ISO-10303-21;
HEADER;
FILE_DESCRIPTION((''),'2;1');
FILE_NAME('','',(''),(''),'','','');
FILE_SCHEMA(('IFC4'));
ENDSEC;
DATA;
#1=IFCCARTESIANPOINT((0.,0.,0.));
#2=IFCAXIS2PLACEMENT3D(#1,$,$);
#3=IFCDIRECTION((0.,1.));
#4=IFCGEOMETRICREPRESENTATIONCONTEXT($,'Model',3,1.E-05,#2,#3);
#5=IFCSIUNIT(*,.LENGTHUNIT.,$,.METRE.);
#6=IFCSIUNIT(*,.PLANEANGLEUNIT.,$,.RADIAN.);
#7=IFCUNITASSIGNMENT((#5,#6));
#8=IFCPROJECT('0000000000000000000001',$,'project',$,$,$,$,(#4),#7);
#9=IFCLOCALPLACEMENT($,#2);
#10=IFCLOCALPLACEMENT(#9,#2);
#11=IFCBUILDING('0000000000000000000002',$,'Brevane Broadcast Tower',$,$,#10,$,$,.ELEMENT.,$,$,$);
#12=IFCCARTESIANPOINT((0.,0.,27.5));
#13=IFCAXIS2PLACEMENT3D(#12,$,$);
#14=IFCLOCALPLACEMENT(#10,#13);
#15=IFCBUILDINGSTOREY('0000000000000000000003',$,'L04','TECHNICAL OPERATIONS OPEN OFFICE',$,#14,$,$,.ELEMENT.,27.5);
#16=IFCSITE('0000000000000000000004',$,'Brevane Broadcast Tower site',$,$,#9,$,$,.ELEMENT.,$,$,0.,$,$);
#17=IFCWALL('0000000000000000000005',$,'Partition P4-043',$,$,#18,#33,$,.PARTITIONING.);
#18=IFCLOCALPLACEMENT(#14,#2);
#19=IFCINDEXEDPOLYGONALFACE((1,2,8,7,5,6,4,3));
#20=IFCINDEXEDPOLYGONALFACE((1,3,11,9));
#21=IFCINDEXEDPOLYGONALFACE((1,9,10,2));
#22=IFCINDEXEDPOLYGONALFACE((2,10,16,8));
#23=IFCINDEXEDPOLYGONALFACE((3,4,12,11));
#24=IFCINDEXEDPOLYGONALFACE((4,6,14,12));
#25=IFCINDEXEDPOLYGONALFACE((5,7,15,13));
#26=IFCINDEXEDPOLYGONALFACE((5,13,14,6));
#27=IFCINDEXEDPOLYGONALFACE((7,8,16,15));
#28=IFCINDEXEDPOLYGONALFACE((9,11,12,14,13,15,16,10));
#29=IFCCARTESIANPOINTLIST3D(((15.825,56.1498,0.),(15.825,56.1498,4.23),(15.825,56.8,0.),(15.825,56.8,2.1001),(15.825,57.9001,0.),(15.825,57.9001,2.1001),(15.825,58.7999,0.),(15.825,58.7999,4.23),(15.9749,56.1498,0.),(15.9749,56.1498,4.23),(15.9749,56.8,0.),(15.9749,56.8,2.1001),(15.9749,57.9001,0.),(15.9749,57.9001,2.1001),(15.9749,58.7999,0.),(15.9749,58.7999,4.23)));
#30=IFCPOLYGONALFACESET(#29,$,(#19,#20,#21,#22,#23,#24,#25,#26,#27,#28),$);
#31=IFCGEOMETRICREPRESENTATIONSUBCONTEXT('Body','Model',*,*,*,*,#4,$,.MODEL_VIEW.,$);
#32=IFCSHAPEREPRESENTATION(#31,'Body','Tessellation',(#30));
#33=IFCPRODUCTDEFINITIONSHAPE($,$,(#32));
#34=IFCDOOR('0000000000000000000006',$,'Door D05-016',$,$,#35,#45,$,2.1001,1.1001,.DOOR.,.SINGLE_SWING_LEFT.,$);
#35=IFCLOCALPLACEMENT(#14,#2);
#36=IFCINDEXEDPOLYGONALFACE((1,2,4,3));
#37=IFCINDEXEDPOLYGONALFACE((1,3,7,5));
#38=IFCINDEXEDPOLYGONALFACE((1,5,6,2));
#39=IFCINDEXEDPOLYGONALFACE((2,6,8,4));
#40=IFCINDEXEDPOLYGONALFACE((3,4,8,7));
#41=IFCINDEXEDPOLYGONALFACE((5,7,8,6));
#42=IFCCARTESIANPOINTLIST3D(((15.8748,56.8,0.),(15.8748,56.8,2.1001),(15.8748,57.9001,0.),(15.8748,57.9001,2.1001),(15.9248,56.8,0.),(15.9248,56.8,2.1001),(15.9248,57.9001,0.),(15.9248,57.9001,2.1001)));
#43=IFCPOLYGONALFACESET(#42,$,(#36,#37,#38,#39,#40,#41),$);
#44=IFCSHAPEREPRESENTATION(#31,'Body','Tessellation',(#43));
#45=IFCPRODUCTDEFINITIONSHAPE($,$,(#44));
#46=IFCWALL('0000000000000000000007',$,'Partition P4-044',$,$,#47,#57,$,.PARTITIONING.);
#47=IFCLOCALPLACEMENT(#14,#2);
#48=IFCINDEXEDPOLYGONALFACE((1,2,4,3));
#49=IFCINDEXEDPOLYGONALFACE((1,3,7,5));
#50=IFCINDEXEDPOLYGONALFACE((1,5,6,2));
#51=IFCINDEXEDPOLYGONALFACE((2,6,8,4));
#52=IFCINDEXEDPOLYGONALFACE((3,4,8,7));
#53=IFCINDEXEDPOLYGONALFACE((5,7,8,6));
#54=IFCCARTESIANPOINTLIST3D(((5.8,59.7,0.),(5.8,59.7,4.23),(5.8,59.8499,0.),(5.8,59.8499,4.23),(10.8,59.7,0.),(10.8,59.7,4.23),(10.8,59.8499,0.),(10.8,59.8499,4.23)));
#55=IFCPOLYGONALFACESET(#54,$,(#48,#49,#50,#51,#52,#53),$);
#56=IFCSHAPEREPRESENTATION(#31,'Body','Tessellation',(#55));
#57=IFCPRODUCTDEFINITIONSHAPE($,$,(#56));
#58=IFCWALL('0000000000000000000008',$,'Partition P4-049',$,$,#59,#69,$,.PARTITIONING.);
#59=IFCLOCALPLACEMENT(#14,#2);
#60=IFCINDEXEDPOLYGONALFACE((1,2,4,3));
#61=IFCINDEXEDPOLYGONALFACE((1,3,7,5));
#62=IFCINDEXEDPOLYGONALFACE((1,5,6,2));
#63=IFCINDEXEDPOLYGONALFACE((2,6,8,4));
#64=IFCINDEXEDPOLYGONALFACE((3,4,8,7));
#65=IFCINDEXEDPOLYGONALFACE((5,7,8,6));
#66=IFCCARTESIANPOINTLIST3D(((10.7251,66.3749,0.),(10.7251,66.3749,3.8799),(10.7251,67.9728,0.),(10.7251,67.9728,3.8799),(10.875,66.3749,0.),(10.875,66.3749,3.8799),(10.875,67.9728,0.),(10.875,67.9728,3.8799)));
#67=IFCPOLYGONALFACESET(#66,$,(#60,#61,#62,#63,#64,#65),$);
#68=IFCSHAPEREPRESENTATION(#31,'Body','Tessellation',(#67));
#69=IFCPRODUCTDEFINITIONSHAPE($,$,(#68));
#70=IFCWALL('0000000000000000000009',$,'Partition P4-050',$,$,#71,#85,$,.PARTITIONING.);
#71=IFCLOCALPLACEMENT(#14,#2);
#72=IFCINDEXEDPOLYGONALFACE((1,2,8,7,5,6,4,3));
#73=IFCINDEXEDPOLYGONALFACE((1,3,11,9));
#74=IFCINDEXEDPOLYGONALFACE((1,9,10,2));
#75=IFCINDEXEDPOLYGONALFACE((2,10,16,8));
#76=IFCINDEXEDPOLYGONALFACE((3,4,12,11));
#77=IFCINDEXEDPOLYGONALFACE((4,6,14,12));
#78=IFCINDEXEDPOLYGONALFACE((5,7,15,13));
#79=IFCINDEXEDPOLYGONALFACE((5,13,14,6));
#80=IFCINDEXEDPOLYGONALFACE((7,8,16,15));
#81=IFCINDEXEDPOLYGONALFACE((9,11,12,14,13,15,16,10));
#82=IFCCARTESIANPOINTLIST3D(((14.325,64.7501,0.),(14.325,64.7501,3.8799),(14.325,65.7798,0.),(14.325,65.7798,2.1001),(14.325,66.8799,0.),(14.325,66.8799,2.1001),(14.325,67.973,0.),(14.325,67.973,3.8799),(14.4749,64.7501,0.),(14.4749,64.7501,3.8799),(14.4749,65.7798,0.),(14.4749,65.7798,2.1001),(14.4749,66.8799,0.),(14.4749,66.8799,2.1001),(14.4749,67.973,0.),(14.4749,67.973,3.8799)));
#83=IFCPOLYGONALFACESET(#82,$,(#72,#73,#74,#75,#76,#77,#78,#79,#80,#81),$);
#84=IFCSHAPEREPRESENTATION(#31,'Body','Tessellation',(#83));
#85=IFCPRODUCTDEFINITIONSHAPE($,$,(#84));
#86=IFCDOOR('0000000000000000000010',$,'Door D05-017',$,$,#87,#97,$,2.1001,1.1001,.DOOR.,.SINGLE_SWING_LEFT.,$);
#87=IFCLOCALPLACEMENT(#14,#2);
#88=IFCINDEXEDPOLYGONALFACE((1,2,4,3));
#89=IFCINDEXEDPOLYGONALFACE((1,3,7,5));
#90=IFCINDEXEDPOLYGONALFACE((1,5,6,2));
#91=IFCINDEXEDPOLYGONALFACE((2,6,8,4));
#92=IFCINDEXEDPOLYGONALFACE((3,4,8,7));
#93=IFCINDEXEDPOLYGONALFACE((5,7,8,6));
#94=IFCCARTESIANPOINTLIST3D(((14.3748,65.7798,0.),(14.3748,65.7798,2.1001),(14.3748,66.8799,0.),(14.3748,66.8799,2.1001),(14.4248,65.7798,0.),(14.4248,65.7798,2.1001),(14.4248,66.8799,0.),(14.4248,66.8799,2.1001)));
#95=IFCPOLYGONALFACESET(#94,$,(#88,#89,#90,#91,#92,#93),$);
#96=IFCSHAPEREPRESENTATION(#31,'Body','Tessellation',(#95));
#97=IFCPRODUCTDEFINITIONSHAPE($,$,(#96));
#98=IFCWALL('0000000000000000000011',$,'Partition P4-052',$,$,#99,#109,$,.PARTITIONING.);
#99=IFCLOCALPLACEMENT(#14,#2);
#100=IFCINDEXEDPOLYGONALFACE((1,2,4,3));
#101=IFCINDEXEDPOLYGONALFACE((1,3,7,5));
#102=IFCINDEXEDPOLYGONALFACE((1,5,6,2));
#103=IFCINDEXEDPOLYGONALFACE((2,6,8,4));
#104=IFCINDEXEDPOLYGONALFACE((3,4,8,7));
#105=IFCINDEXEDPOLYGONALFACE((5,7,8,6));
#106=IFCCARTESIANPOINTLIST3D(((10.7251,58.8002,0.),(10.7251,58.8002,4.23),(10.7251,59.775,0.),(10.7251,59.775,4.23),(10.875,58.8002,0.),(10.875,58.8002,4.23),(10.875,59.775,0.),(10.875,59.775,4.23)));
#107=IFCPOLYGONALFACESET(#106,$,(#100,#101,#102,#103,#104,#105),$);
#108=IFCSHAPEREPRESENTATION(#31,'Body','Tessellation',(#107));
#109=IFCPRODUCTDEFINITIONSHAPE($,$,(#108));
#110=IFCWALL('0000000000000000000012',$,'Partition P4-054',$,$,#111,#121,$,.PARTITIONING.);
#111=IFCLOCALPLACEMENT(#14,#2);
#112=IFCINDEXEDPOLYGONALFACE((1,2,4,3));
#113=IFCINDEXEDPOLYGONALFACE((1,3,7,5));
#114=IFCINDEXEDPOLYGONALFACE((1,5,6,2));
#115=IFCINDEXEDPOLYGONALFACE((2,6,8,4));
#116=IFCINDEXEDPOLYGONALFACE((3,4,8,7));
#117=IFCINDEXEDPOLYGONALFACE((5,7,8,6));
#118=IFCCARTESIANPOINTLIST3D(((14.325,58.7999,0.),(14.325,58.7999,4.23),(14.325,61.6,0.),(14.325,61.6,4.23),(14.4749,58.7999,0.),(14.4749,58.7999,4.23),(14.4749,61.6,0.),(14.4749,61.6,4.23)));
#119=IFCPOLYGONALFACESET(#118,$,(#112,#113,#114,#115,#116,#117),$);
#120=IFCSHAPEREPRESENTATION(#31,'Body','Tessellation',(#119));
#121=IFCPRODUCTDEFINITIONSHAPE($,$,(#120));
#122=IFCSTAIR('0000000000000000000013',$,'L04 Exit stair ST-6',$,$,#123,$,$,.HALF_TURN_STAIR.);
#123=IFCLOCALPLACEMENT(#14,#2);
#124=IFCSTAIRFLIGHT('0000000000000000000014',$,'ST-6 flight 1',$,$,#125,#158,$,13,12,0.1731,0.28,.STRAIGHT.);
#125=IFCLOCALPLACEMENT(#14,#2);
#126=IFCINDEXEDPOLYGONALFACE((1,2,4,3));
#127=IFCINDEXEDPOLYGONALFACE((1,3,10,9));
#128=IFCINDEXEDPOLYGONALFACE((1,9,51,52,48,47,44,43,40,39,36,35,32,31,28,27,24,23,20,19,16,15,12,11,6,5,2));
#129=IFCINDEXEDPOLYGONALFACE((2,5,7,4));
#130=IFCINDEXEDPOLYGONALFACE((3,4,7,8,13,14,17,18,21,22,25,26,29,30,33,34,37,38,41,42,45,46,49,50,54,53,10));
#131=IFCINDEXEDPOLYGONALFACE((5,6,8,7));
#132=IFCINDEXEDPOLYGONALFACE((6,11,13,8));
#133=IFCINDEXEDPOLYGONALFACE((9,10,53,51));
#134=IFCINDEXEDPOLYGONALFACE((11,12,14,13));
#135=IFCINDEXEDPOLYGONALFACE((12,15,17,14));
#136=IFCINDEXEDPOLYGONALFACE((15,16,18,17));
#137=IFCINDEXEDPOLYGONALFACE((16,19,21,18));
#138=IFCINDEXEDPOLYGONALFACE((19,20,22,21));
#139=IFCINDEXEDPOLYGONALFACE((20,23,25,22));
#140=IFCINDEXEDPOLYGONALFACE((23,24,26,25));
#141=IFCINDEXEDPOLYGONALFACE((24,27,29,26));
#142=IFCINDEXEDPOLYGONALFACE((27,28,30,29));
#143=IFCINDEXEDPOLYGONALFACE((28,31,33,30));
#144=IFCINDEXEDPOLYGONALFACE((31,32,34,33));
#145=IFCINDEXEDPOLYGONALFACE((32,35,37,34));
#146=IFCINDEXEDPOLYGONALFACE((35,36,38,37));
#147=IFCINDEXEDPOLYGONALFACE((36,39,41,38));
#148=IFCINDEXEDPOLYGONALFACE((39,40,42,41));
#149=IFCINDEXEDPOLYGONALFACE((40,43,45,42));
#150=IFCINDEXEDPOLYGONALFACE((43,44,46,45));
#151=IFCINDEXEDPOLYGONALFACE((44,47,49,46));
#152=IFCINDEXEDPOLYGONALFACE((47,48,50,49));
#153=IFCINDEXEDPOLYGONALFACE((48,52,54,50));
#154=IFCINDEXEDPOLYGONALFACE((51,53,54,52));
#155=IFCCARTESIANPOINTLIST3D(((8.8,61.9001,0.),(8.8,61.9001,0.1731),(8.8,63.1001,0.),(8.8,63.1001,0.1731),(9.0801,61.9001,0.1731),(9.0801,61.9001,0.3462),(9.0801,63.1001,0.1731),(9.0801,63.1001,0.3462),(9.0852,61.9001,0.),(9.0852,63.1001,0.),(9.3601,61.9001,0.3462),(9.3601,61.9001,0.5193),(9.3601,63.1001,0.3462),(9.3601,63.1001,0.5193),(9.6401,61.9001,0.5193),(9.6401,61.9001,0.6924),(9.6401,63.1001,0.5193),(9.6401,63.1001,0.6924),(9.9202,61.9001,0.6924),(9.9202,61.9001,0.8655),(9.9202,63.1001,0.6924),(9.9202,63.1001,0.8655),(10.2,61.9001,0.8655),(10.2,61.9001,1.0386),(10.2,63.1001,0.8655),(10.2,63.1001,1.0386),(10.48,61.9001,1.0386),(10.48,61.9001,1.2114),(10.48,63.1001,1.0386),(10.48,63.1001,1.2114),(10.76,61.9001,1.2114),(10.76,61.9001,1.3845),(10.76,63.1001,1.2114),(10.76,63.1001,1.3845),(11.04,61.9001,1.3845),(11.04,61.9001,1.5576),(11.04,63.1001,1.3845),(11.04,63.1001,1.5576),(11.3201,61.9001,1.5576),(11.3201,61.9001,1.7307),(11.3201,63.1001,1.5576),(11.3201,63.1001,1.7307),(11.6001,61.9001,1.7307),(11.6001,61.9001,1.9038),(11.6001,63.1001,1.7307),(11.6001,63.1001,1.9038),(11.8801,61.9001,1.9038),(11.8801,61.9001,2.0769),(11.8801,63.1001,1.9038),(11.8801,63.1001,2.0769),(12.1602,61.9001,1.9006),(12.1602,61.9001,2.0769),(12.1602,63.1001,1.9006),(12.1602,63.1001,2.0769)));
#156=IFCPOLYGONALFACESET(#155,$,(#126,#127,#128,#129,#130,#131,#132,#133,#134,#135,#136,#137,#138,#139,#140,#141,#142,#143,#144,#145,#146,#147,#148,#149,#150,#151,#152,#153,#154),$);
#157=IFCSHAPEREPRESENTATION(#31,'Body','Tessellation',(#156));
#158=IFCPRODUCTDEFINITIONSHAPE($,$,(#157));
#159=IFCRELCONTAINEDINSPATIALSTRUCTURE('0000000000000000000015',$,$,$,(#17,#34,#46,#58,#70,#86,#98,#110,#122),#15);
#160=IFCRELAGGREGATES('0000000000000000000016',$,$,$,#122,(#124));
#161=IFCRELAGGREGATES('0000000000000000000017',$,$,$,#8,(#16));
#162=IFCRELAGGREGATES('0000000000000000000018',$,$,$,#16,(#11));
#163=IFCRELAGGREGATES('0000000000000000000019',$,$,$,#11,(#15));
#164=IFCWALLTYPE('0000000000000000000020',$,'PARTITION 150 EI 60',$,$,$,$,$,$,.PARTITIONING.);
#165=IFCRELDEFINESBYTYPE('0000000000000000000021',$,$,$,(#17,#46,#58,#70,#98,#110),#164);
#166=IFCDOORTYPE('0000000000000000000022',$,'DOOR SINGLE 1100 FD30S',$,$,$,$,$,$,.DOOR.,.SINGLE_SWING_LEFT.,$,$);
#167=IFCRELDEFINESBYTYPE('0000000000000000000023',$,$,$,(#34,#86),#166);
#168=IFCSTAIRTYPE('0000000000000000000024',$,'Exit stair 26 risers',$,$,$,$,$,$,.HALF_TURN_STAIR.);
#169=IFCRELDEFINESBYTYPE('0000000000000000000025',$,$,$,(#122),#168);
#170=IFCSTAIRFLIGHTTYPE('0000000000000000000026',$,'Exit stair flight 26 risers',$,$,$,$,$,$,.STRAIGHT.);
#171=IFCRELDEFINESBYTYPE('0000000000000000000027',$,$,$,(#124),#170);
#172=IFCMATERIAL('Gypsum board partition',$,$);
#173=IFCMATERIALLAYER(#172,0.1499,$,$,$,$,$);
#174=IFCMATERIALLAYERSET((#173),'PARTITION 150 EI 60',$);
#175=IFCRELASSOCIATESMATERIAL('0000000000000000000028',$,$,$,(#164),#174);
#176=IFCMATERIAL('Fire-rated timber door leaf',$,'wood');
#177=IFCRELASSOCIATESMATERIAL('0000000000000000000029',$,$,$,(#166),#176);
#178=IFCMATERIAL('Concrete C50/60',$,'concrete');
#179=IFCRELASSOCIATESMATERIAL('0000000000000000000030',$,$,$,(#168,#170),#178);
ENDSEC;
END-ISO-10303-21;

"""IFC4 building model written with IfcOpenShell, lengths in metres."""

from ifc_helpers import new_model, si_unit, direction, frame, frame_2d, origin, place, context, subcontext, project, spatial, polyline, rectangle, outline, extrude, material, layer, layer_set, type_object, element, fill, aggregate, save


model = new_model("IFC4")

# Units and contexts
model_context = context("Model", 3, precision=1e-05, world=origin(), true_north=direction((0.0, 1.0)))
body_context = subcontext(model_context, "Body", "Model", "MODEL_VIEW")
ifc_project = project(units=[si_unit("LENGTHUNIT", "METRE"), si_unit("PLANEANGLEUNIT", "RADIAN")], contexts=[model_context])

# Site, building, storey
site_placement = place(None, origin())
site = spatial("IfcSite", under=ifc_project, at=site_placement, Name="Brevane Broadcast Tower site", CompositionType="ELEMENT", RefElevation=0.0)
building_placement = place(site_placement, origin())
building = spatial("IfcBuilding", under=site, at=building_placement, Name="Brevane Broadcast Tower", CompositionType="ELEMENT")
storey_placement = place(building_placement, frame((0.0, 0.0, 27.5)))
storey = spatial("IfcBuildingStorey", under=building, at=storey_placement, Name="L04", Description="TECHNICAL OPERATIONS OPEN OFFICE", CompositionType="ELEMENT", Elevation=27.5)

# Shared definitions
ifc_material_1 = material(Name="Gypsum board partition")
ifc_layer_1 = layer(ifc_material_1, 0.1499)
ifc_layer_set_1 = layer_set([ifc_layer_1], Name="PARTITION 150 EI 60")
wall_type_1 = type_object("IfcWallType", Name="PARTITION 150 EI 60", PredefinedType="PARTITIONING", material=ifc_layer_set_1)

# Wall, opening, door
wall_1_placement = place(storey_placement, frame((15.8999, 58.8, 0.0), z_axis=(0.0, 0.0, 1.0), x_axis=(0.0, -1.0, 0.0)))
wall_1 = element("IfcWall", 1, at=wall_1_placement, inside=storey, type_object=wall_type_1, Name="Partition P4-043", PredefinedType="PARTITIONING", context=body_context, shape_type="SweptSolid", body=[
    extrude(rectangle(XDim=2.6501, YDim=0.1499, at=frame_2d((1.3252, 0.0))), origin(), (0.0, 0.0, 1.0), 4.23),
])
opening_1_placement = place(wall_1_placement, frame((0.8999, 0.0, 0.0)))
opening_1 = element("IfcOpeningElement", 2, at=opening_1_placement, cuts=wall_1, PredefinedType="OPENING", context=body_context, shape_type="SweptSolid", body=[
    extrude(rectangle(XDim=1.1001, YDim=2.1001, at=frame_2d((0.55, 1.05))), frame((0.0, 0.085, 0.0), z_axis=(0.0, -1.0, 0.0), x_axis=(1.0, 0.0, 0.0)), (0.0, 0.0, 1.0), 0.1699),
])
ifc_material_2 = material(Name="Fire-rated timber door leaf", Category="wood")
door_type = type_object("IfcDoorType", Name="DOOR SINGLE 1100 FD30S", OperationType="SINGLE_SWING_LEFT", PredefinedType="DOOR", material=ifc_material_2)
door_1_placement = place(opening_1_placement, origin())
door_1 = element("IfcDoor", 3, at=door_1_placement, inside=storey, type_object=door_type, Name="Door D05-016", OperationType="SINGLE_SWING_LEFT", OverallHeight=2.1001, OverallWidth=1.1001, PredefinedType="DOOR", context=body_context, shape_type="SweptSolid", body=[
    extrude(rectangle(XDim=1.1001, YDim=2.1001, at=frame_2d((0.55, 1.05))), frame((0.0, 0.0249, 0.0), z_axis=(0.0, -1.0, 0.0), x_axis=(1.0, 0.0, 0.0)), (0.0, 0.0, 1.0), 0.05),
])
fill(opening_1, door_1)

# Walls
wall_2_placement = place(storey_placement, frame((10.8, 59.7749, 0.0), z_axis=(0.0, 0.0, 1.0), x_axis=(-1.0, 0.0, 0.0)))
element("IfcWall", 4, at=wall_2_placement, inside=storey, type_object=wall_type_1, Name="Partition P4-044", PredefinedType="PARTITIONING", context=body_context, shape_type="SweptSolid", body=[
    extrude(rectangle(XDim=5.0, YDim=0.1499, at=frame_2d((2.5, 0.0))), origin(), (0.0, 0.0, 1.0), 4.23),
])
wall_3_placement = place(storey_placement, frame((10.8, 66.375, 0.0), z_axis=(0.0, 0.0, 1.0), x_axis=(0.0, 1.0, 0.0)))
element("IfcWall", 5, at=wall_3_placement, inside=storey, type_object=wall_type_1, Name="Partition P4-049", PredefinedType="PARTITIONING", context=body_context, shape_type="SweptSolid", body=[
    extrude(rectangle(XDim=1.5979, YDim=0.1499, at=frame_2d((0.7988, 0.0))), origin(), (0.0, 0.0, 1.0), 3.8799),
])

# Wall, opening, door
wall_4_placement = place(storey_placement, frame((14.3999, 67.9729, 0.0), z_axis=(0.0, 0.0, 1.0), x_axis=(0.0, -1.0, 0.0)))
wall_4 = element("IfcWall", 6, at=wall_4_placement, inside=storey, type_object=wall_type_1, Name="Partition P4-050", PredefinedType="PARTITIONING", context=body_context, shape_type="SweptSolid", body=[
    extrude(rectangle(XDim=3.2229, YDim=0.1499, at=frame_2d((1.6113, 0.0))), origin(), (0.0, 0.0, 1.0), 3.8799),
])
opening_2_placement = place(wall_4_placement, frame((1.093, 0.0, 0.0)))
opening_2 = element("IfcOpeningElement", 7, at=opening_2_placement, cuts=wall_4, PredefinedType="OPENING", context=body_context, shape_type="SweptSolid", body=[
    extrude(rectangle(XDim=1.1001, YDim=2.1001, at=frame_2d((0.55, 1.05))), frame((0.0, 0.085, 0.0), z_axis=(0.0, -1.0, 0.0), x_axis=(1.0, 0.0, 0.0)), (0.0, 0.0, 1.0), 0.1699),
])
door_2_placement = place(opening_2_placement, origin())
door_2 = element("IfcDoor", 8, at=door_2_placement, inside=storey, type_object=door_type, Name="Door D05-017", OperationType="SINGLE_SWING_LEFT", OverallHeight=2.1001, OverallWidth=1.1001, PredefinedType="DOOR", context=body_context, shape_type="SweptSolid", body=[
    extrude(rectangle(XDim=1.1001, YDim=2.1001, at=frame_2d((0.55, 1.05))), frame((0.0, 0.0249, 0.0), z_axis=(0.0, -1.0, 0.0), x_axis=(1.0, 0.0, 0.0)), (0.0, 0.0, 1.0), 0.05),
])
fill(opening_2, door_2)

# Walls
wall_5_placement = place(storey_placement, frame((10.8, 59.7749, 0.0), z_axis=(0.0, 0.0, 1.0), x_axis=(0.0, -1.0, 0.0)))
element("IfcWall", 9, at=wall_5_placement, inside=storey, type_object=wall_type_1, Name="Partition P4-052", PredefinedType="PARTITIONING", context=body_context, shape_type="SweptSolid", body=[
    extrude(rectangle(XDim=0.9749, YDim=0.1499, at=frame_2d((0.4873, 0.0))), origin(), (0.0, 0.0, 1.0), 4.23),
])
wall_6_placement = place(storey_placement, frame((14.3999, 58.8, 0.0), z_axis=(0.0, 0.0, 1.0), x_axis=(0.0, 1.0, 0.0)))
element("IfcWall", 10, at=wall_6_placement, inside=storey, type_object=wall_type_1, Name="Partition P4-054", PredefinedType="PARTITIONING", context=body_context, shape_type="SweptSolid", body=[
    extrude(rectangle(XDim=2.8, YDim=0.1499, at=frame_2d((1.3999, 0.0))), origin(), (0.0, 0.0, 1.0), 4.23),
])

# Stair, stair flight
ifc_material_3 = material(Name="Concrete C50/60", Category="concrete")
stair_type = type_object("IfcStairType", Name="Exit stair 26 risers", PredefinedType="HALF_TURN_STAIR", material=ifc_material_3)
stair_placement = place(storey_placement, origin())
stair = element("IfcStair", 11, at=stair_placement, inside=storey, type_object=stair_type, Name="L04 Exit stair ST-6", PredefinedType="HALF_TURN_STAIR")
stair_flight_type = type_object("IfcStairFlightType", Name="Exit stair flight 26 risers", PredefinedType="STRAIGHT", material=ifc_material_3)
stair_flight_1_placement = place(storey_placement, frame((8.8, 62.5, 0.0), z_axis=(0.0, 0.0, 1.0), x_axis=(1.0, 0.0, 0.0)))
stair_flight_1 = element("IfcStairFlight", 12, at=stair_flight_1_placement, type_object=stair_flight_type, Name="ST-6 flight 1", NumberOfRisers=13, NumberOfTreads=12, PredefinedType="STRAIGHT", RiserHeight=0.1731, TreadLength=0.28, context=body_context, shape_type="SweptSolid", body=[
    extrude(outline(polyline([(0.0, 0.0), (0.0, 0.1731), (0.28, 0.1731), (0.28, 0.3462), (0.5601, 0.3462), (0.5601, 0.5193), (0.8401, 0.5193), (0.8401, 0.6924), (1.1201, 0.6924), (1.1201, 0.8655), (1.3999, 0.8655), (1.3999, 1.0386), (1.6799, 1.0386), (1.6799, 1.2114), (1.96, 1.2114), (1.96, 1.3845), (2.24, 1.3845), (2.24, 1.5576), (2.52, 1.5576), (2.52, 1.7307), (2.8, 1.7307), (2.8, 1.9038), (3.0801, 1.9038), (3.0801, 2.0769), (3.3601, 2.0769), (3.3601, 2.25), (3.3601, 1.9006), (0.2852, 0.0), (0.0, 0.0)])), frame((0.0, 0.6001, 0.0), z_axis=(0.0, -1.0, 0.0), x_axis=(1.0, 0.0, 0.0)), (0.0, 0.0, 1.0), 1.2),
])
aggregate(stair, [stair_flight_1])

save(model, "model.ifc")
